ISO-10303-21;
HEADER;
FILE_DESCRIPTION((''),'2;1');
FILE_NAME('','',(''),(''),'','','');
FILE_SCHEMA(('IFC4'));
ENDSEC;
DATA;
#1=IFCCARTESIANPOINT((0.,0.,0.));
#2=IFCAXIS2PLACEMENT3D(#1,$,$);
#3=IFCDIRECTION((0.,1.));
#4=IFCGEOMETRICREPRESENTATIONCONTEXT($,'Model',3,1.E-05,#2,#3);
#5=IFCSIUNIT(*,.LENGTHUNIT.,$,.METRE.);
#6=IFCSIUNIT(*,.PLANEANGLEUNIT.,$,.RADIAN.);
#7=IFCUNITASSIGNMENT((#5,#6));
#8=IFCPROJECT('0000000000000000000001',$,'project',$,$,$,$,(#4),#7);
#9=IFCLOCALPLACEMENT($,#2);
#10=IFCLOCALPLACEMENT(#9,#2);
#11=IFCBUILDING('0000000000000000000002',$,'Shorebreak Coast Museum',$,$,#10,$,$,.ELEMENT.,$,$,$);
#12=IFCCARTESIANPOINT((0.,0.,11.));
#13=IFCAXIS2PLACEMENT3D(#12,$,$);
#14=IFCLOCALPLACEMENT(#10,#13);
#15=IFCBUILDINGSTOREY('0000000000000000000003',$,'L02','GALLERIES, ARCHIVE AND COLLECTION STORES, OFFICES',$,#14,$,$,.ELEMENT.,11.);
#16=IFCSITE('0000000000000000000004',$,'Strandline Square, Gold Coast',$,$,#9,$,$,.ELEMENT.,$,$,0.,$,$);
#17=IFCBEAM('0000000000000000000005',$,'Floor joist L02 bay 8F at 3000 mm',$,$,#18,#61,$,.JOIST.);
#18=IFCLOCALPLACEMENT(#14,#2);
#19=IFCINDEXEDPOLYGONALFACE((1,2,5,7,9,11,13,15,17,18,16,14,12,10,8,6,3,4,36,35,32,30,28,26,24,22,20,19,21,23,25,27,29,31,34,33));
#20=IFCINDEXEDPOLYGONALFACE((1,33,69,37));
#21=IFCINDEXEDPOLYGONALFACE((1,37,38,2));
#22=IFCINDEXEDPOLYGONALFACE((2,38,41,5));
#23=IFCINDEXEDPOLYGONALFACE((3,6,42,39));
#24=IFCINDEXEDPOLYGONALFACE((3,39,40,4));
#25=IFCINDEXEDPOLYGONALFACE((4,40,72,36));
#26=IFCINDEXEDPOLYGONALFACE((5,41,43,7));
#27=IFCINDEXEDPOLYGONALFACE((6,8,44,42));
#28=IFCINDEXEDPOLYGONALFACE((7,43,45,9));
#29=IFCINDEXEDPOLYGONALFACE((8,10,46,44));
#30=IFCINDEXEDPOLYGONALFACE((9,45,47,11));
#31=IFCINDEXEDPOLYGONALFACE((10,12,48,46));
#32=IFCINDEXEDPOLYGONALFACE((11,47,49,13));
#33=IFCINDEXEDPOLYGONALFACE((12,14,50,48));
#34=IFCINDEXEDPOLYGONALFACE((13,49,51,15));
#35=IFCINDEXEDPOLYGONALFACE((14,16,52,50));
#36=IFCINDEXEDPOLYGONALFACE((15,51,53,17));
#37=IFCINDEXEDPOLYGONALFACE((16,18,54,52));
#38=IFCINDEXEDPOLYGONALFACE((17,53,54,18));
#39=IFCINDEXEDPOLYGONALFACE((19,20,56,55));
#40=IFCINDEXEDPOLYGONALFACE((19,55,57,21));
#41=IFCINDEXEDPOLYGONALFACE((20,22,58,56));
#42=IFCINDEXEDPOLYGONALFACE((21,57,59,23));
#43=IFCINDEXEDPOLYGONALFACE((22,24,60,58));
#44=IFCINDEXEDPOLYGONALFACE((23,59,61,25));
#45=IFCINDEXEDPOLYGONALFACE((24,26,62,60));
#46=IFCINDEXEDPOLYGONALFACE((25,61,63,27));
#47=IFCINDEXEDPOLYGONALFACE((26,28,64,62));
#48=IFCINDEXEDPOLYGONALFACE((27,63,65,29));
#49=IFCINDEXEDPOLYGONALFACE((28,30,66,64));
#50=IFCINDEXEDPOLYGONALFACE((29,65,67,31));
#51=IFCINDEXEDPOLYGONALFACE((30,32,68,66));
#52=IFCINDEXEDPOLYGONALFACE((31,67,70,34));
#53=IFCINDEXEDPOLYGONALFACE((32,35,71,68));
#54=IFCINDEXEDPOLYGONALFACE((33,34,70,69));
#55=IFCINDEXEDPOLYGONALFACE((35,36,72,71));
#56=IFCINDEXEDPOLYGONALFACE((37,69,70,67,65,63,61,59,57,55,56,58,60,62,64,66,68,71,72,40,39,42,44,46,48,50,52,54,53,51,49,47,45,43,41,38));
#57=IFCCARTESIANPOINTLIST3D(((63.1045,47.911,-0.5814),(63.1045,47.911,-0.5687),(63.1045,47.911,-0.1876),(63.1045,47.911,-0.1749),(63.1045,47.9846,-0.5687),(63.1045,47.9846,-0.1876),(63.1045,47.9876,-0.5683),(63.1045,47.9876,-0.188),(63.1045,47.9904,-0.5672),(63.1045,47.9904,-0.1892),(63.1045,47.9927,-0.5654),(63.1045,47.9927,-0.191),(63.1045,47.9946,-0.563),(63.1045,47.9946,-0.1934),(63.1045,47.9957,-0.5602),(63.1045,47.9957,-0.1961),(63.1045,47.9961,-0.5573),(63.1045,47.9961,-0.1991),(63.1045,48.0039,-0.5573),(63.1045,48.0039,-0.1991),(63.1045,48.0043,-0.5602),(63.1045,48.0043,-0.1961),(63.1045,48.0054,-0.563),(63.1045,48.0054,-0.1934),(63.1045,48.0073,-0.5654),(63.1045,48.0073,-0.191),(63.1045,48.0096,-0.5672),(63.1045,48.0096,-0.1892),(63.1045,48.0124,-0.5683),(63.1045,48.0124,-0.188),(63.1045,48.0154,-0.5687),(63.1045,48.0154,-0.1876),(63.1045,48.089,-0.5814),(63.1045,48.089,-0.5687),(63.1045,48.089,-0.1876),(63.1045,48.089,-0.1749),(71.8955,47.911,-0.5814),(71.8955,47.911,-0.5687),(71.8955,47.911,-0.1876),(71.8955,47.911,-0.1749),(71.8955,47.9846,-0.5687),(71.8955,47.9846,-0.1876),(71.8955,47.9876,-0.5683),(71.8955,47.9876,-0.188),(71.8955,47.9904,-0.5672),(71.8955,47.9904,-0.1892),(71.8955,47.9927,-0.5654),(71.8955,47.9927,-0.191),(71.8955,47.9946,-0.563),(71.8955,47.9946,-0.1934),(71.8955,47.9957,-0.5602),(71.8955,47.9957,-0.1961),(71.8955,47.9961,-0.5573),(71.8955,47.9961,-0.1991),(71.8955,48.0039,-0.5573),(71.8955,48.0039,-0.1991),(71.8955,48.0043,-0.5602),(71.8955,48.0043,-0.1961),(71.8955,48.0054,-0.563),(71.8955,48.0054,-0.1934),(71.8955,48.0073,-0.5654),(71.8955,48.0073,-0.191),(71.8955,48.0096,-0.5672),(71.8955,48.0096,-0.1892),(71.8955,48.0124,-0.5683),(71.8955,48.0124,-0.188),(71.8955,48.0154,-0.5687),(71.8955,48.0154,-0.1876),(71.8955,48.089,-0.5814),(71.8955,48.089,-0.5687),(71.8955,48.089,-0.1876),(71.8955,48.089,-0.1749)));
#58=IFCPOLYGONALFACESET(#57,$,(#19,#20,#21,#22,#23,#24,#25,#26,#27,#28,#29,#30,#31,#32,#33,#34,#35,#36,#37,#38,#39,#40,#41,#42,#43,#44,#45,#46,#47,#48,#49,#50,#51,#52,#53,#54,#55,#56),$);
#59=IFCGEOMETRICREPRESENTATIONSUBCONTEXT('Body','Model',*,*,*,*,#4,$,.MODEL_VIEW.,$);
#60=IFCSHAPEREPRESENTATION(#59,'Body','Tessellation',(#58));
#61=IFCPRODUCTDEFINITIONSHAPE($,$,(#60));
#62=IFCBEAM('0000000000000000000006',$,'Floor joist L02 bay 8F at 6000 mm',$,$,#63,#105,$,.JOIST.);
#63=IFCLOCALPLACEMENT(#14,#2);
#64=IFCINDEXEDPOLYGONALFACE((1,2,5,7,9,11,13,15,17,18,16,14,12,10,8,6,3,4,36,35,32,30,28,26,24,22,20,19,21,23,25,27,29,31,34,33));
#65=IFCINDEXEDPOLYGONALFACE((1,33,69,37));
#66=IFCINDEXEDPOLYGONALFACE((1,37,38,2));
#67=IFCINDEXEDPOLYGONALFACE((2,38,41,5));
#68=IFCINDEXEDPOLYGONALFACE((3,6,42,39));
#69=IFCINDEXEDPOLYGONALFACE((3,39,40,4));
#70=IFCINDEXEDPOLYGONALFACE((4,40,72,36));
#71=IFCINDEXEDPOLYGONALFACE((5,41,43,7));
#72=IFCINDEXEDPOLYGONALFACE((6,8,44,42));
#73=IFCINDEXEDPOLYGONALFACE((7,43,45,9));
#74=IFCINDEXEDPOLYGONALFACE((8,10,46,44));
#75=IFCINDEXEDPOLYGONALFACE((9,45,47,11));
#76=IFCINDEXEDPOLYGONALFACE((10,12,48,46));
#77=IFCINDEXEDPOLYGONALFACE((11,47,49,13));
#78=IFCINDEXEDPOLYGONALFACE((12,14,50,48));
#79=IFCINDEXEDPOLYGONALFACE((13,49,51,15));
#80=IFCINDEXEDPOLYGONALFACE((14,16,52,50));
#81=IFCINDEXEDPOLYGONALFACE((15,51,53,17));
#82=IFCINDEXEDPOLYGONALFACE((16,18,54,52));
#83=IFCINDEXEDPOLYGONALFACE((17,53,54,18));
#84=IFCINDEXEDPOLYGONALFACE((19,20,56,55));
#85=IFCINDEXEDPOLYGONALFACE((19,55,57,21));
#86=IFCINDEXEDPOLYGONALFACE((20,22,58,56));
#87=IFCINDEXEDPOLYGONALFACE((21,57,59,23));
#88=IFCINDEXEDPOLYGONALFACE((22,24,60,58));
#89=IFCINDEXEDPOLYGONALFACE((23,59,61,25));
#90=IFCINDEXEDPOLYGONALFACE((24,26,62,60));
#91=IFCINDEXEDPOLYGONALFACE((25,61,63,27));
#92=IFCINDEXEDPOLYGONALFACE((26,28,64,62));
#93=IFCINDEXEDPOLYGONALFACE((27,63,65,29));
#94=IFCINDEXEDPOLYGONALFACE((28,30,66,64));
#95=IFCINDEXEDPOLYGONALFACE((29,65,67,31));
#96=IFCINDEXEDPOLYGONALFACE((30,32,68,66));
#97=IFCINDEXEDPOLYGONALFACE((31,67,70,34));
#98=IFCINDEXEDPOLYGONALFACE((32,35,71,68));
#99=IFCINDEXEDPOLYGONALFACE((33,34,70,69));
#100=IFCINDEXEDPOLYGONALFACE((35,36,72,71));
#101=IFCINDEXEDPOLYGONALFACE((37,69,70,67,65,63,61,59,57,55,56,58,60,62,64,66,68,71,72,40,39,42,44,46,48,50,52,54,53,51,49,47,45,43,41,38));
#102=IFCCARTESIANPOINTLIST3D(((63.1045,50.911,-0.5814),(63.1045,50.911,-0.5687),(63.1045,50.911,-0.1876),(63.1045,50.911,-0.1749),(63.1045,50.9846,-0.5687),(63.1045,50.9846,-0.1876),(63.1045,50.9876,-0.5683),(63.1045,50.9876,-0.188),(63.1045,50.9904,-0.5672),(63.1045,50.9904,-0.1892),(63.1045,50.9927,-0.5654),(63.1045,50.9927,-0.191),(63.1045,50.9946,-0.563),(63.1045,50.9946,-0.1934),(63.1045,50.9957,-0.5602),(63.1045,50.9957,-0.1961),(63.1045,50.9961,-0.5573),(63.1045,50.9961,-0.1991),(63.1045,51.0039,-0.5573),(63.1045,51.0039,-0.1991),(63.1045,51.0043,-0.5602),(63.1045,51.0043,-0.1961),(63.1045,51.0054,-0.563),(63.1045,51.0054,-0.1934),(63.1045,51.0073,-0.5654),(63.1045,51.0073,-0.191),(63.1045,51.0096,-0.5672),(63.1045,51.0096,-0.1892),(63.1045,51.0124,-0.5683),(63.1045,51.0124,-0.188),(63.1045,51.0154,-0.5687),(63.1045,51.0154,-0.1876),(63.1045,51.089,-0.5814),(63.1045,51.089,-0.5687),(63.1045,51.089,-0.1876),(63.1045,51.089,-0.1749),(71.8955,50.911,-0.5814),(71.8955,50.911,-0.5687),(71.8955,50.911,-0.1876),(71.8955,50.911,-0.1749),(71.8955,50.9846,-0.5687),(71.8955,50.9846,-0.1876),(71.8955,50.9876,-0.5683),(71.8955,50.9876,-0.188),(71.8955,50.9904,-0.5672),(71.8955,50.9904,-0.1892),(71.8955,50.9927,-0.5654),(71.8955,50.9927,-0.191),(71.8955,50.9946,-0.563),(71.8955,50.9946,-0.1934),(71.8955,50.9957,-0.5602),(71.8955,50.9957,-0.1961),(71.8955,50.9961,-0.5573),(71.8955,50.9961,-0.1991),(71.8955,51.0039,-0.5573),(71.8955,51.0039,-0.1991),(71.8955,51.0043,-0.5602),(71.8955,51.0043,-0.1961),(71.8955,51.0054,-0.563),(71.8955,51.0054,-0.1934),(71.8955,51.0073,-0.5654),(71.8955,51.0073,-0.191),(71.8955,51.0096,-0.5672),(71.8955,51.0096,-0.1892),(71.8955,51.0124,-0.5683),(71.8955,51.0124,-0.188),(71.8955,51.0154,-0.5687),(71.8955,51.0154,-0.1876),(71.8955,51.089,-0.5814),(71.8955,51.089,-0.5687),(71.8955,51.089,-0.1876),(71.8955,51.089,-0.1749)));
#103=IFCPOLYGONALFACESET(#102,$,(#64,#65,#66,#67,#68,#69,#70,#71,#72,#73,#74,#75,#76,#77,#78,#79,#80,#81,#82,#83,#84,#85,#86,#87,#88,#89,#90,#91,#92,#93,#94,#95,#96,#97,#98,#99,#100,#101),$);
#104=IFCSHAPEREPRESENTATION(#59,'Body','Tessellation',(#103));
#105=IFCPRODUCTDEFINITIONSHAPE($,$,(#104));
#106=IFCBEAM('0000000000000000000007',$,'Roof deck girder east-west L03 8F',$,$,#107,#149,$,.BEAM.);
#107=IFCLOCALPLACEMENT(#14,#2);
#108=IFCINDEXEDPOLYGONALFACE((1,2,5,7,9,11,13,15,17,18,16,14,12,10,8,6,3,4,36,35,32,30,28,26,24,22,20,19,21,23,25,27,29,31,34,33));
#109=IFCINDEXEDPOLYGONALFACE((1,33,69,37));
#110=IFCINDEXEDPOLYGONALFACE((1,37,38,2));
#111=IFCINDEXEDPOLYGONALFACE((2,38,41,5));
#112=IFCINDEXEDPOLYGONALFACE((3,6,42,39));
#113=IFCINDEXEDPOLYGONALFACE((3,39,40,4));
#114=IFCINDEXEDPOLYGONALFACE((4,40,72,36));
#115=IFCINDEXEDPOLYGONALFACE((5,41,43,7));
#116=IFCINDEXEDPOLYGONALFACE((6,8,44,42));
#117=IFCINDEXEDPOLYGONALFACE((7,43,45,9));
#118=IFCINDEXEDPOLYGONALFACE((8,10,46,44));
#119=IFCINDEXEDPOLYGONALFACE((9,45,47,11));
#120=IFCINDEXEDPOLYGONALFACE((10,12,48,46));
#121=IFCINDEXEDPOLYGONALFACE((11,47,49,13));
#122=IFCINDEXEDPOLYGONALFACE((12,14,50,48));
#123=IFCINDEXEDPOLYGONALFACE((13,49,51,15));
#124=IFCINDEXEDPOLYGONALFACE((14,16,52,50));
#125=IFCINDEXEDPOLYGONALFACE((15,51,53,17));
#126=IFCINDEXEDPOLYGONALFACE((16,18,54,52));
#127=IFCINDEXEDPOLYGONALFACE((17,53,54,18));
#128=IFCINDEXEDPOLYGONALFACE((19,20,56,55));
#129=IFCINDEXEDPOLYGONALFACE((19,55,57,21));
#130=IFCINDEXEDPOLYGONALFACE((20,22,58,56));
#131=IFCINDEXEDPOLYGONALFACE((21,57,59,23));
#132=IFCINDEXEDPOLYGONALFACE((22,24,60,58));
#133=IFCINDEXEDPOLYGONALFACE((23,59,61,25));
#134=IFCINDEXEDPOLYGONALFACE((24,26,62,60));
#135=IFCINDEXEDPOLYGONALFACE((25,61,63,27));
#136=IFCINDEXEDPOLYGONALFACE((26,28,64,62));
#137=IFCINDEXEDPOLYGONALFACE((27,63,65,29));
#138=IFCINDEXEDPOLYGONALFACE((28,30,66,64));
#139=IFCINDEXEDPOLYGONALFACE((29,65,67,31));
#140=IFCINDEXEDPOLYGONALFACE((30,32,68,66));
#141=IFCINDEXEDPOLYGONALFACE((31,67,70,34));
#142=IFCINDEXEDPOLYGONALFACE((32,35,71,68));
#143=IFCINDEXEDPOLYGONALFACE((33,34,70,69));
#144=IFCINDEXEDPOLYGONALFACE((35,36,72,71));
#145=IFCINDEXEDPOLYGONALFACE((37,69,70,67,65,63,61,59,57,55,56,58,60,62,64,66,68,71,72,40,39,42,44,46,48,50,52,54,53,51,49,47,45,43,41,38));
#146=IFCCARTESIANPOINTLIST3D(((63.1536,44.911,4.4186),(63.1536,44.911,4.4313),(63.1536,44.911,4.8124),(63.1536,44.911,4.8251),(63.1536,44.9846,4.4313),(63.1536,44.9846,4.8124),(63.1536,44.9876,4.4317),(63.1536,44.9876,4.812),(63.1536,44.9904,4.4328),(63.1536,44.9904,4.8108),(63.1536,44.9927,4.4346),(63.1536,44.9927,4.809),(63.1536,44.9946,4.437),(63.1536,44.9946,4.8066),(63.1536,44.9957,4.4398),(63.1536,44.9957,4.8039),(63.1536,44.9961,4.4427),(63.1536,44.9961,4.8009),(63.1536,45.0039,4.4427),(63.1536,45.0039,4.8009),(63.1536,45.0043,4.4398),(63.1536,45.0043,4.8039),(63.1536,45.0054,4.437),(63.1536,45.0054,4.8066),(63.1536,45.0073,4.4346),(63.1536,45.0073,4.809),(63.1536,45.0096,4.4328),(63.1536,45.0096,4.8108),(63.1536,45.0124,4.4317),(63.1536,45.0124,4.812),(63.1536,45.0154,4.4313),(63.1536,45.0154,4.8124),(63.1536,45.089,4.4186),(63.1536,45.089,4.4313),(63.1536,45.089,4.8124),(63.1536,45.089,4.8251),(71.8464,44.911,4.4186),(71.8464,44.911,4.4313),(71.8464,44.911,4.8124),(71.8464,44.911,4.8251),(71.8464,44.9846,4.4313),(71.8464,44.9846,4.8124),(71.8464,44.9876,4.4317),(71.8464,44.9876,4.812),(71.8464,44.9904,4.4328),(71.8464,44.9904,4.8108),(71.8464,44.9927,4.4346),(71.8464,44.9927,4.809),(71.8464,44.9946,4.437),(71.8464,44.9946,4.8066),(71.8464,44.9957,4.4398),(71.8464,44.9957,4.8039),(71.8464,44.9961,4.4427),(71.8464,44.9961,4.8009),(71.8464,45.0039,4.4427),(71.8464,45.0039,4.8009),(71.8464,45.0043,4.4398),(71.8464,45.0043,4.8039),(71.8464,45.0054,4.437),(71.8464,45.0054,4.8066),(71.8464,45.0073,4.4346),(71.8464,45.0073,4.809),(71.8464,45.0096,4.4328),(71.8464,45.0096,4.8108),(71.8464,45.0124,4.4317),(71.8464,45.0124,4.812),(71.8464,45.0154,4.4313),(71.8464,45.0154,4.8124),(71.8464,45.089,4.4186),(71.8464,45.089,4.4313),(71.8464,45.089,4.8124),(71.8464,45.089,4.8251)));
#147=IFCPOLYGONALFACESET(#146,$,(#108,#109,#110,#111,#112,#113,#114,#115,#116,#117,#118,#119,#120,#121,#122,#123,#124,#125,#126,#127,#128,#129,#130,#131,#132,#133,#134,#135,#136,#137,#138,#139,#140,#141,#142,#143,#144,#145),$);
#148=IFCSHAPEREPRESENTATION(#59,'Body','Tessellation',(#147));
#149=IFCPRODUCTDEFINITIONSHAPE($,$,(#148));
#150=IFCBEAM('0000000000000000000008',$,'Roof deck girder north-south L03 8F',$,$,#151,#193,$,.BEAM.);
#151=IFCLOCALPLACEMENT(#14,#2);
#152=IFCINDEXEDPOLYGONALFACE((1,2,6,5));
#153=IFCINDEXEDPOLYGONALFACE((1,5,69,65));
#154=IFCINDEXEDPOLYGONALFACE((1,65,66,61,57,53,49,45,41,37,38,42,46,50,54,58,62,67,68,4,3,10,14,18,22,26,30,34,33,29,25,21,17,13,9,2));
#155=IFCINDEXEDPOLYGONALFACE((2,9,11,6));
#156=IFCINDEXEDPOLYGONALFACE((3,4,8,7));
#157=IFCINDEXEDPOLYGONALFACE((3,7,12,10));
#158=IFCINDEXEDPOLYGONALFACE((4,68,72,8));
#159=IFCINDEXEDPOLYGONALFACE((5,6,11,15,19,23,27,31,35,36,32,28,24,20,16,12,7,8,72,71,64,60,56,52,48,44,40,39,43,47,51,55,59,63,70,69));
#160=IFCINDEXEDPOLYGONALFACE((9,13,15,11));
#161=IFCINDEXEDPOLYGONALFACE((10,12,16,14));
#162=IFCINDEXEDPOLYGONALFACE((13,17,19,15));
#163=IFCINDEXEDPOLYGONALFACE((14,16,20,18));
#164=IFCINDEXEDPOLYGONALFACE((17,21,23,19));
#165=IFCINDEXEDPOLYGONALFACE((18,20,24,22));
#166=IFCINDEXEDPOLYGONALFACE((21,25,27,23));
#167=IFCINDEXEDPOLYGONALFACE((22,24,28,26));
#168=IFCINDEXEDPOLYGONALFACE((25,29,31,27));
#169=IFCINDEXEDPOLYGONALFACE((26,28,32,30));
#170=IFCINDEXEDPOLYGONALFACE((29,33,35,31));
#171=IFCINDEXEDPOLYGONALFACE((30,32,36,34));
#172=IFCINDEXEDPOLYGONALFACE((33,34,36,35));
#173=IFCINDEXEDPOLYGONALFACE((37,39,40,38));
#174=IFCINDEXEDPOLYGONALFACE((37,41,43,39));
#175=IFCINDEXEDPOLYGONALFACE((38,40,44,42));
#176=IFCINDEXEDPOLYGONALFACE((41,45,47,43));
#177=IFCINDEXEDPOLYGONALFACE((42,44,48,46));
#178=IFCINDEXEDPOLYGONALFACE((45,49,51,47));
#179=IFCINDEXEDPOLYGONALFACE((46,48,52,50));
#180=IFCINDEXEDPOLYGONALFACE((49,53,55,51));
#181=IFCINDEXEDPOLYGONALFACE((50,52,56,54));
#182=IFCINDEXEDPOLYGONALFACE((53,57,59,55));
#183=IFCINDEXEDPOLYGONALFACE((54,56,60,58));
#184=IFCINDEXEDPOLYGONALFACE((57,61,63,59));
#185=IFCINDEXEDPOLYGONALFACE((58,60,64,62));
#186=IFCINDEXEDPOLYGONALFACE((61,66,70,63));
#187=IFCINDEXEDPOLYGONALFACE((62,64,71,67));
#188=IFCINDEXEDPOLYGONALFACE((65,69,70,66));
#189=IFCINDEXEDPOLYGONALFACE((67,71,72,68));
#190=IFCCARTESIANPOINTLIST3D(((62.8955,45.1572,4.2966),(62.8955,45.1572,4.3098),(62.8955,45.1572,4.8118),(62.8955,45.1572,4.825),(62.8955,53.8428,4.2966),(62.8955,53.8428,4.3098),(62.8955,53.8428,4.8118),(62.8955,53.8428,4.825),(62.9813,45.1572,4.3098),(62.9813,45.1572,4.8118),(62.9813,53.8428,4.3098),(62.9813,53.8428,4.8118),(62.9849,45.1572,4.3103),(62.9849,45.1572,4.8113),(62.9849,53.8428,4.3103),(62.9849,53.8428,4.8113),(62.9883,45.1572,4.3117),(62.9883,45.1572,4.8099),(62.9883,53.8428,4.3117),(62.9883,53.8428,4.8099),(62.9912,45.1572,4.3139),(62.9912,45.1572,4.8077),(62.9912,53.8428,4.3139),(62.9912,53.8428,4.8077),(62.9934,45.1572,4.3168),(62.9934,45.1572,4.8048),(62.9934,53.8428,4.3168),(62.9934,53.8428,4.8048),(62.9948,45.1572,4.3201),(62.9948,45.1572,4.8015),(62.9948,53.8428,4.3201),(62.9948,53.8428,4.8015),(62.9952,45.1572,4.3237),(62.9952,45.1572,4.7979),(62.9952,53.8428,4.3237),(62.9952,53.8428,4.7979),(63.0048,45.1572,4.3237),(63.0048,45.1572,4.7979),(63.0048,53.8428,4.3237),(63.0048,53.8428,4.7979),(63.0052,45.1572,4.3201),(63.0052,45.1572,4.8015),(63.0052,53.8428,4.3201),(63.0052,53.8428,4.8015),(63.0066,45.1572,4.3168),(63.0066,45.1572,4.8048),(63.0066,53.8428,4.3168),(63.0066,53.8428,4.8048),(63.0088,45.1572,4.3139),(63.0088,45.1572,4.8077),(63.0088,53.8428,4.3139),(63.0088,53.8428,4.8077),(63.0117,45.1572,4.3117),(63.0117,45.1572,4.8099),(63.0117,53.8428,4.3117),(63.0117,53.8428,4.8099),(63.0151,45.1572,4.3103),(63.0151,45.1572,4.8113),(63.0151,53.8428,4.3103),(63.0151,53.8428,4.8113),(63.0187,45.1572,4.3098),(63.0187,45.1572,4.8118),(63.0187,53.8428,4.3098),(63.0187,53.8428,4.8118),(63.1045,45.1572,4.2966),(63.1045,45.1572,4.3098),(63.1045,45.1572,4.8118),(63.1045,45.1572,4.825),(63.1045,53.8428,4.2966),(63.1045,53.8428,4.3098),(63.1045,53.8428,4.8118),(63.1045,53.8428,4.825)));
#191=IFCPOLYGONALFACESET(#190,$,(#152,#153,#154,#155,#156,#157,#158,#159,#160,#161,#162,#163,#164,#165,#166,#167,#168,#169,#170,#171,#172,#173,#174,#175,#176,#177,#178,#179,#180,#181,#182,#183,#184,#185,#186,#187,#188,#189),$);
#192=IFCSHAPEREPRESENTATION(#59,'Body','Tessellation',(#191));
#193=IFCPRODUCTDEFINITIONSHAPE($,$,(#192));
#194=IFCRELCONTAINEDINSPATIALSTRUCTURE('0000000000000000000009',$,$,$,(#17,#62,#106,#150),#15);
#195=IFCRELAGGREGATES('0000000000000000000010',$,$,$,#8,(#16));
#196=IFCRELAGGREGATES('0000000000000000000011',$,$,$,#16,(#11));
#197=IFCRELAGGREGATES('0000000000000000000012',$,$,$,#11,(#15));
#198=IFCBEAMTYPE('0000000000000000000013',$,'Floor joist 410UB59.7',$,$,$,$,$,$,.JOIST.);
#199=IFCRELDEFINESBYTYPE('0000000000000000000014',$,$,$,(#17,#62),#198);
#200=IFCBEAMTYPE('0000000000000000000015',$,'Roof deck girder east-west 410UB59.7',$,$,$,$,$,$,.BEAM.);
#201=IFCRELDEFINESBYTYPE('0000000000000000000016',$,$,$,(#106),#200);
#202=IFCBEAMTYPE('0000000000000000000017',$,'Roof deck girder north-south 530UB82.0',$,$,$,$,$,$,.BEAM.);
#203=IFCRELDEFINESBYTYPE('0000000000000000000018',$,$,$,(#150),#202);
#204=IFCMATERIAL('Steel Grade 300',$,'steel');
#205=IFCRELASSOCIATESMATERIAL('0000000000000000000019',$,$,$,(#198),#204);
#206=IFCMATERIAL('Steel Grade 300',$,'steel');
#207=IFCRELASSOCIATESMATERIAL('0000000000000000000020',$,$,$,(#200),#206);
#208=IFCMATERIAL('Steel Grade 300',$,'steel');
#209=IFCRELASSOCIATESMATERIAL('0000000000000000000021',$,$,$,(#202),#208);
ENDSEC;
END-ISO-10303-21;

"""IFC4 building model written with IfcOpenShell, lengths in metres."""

from ifc_helpers import new_model, si_unit, direction, frame, origin, origin_2d, place, context, subcontext, project, spatial, i_section, extrude, material, material_profile, profile_set, type_object, element, save


model = new_model("IFC4")

# Units and contexts
model_context = context("Model", 3, precision=1e-05, world=origin(), true_north=direction((0.0, 1.0)))
body_context = subcontext(model_context, "Body", "Model", "MODEL_VIEW")
ifc_project = project(units=[si_unit("LENGTHUNIT", "METRE"), si_unit("PLANEANGLEUNIT", "RADIAN")], contexts=[model_context])

# Site, building, storey
site_placement = place(None, origin())
site = spatial("IfcSite", under=ifc_project, at=site_placement, Name="Strandline Square, Gold Coast", CompositionType="ELEMENT", RefElevation=0.0)
building_placement = place(site_placement, origin())
building = spatial("IfcBuilding", under=site, at=building_placement, Name="Shorebreak Coast Museum", CompositionType="ELEMENT")
storey_placement = place(building_placement, frame((0.0, 0.0, 11.0)))
storey = spatial("IfcBuildingStorey", under=building, at=storey_placement, Name="L02", Description="GALLERIES, ARCHIVE AND COLLECTION STORES, OFFICES", CompositionType="ELEMENT", Elevation=11.0)

# Beams
ifc_material_1 = material(Name="Steel Grade 300", Category="steel")
ifc_material_profile_1 = material_profile(ifc_material_1, i_section(OverallWidth=0.178, OverallDepth=0.4065, WebThickness=0.0078, FlangeThickness=0.0127, FilletRadius=0.0115, at=origin_2d()), Name="410UB59.7")
ifc_profile_set_1 = profile_set([ifc_material_profile_1], Name="Steel Grade 300")
beam_type_1 = type_object("IfcBeamType", Name="Floor joist 410UB59.7", PredefinedType="JOIST", material=ifc_profile_set_1)
for number, where, z_axis, x_axis, name in (
    (1, (63.1045, 48.0, -0.3782), (1.0, 0.0, 0.0), (0.0, 1.0, 0.0), "Floor joist L02 bay 8F at 3000 mm"),
    (2, (63.1045, 51.0, -0.3782), (1.0, 0.0, 0.0), (0.0, 1.0, 0.0), "Floor joist L02 bay 8F at 6000 mm"),
):
    element("IfcBeam", number, at=place(storey_placement, frame(where, z_axis=z_axis, x_axis=x_axis)), inside=storey, type_object=beam_type_1, Name=name, PredefinedType="JOIST", context=body_context, shape_type="SweptSolid", body=[
        extrude(i_section(OverallWidth=0.178, OverallDepth=0.4065, WebThickness=0.0078, FlangeThickness=0.0127, FilletRadius=0.0115, at=origin_2d()), origin(), (0.0, 0.0, 1.0), 8.791),
    ])
ifc_material_2 = material(Name="Steel Grade 300", Category="steel")
ifc_material_profile_2 = material_profile(ifc_material_2, i_section(OverallWidth=0.178, OverallDepth=0.4065, WebThickness=0.0078, FlangeThickness=0.0127, FilletRadius=0.0115, at=origin_2d()), Name="410UB59.7")
ifc_profile_set_2 = profile_set([ifc_material_profile_2], Name="Steel Grade 300")
beam_type_2 = type_object("IfcBeamType", Name="Roof deck girder east-west 410UB59.7", PredefinedType="BEAM", material=ifc_profile_set_2)
beam_1_placement = place(storey_placement, frame((63.1536, 45.0, 4.6218), z_axis=(1.0, 0.0, 0.0), x_axis=(0.0, 1.0, 0.0)))
element("IfcBeam", 3, at=beam_1_placement, inside=storey, type_object=beam_type_2, Name="Roof deck girder east-west L03 8F", PredefinedType="BEAM", context=body_context, shape_type="SweptSolid", body=[
    extrude(i_section(OverallWidth=0.178, OverallDepth=0.4065, WebThickness=0.0078, FlangeThickness=0.0127, FilletRadius=0.0115, at=origin_2d()), origin(), (0.0, 0.0, 1.0), 8.6929),
])
ifc_material_3 = material(Name="Steel Grade 300", Category="steel")
ifc_material_profile_3 = material_profile(ifc_material_3, i_section(OverallWidth=0.209, OverallDepth=0.5283, WebThickness=0.0095, FlangeThickness=0.0132, FilletRadius=0.0139, at=origin_2d()), Name="530UB82.0")
ifc_profile_set_3 = profile_set([ifc_material_profile_3], Name="Steel Grade 300")
beam_type_3 = type_object("IfcBeamType", Name="Roof deck girder north-south 530UB82.0", PredefinedType="BEAM", material=ifc_profile_set_3)
beam_2_placement = place(storey_placement, frame((63.0, 45.1572, 4.5608), z_axis=(0.0, 1.0, 0.0), x_axis=(-1.0, 0.0, 0.0)))
element("IfcBeam", 4, at=beam_2_placement, inside=storey, type_object=beam_type_3, Name="Roof deck girder north-south L03 8F", PredefinedType="BEAM", context=body_context, shape_type="SweptSolid", body=[
    extrude(i_section(OverallWidth=0.209, OverallDepth=0.5283, WebThickness=0.0095, FlangeThickness=0.0132, FilletRadius=0.0139, at=origin_2d()), origin(), (0.0, 0.0, 1.0), 8.6855),
])

save(model, "model.ifc")
